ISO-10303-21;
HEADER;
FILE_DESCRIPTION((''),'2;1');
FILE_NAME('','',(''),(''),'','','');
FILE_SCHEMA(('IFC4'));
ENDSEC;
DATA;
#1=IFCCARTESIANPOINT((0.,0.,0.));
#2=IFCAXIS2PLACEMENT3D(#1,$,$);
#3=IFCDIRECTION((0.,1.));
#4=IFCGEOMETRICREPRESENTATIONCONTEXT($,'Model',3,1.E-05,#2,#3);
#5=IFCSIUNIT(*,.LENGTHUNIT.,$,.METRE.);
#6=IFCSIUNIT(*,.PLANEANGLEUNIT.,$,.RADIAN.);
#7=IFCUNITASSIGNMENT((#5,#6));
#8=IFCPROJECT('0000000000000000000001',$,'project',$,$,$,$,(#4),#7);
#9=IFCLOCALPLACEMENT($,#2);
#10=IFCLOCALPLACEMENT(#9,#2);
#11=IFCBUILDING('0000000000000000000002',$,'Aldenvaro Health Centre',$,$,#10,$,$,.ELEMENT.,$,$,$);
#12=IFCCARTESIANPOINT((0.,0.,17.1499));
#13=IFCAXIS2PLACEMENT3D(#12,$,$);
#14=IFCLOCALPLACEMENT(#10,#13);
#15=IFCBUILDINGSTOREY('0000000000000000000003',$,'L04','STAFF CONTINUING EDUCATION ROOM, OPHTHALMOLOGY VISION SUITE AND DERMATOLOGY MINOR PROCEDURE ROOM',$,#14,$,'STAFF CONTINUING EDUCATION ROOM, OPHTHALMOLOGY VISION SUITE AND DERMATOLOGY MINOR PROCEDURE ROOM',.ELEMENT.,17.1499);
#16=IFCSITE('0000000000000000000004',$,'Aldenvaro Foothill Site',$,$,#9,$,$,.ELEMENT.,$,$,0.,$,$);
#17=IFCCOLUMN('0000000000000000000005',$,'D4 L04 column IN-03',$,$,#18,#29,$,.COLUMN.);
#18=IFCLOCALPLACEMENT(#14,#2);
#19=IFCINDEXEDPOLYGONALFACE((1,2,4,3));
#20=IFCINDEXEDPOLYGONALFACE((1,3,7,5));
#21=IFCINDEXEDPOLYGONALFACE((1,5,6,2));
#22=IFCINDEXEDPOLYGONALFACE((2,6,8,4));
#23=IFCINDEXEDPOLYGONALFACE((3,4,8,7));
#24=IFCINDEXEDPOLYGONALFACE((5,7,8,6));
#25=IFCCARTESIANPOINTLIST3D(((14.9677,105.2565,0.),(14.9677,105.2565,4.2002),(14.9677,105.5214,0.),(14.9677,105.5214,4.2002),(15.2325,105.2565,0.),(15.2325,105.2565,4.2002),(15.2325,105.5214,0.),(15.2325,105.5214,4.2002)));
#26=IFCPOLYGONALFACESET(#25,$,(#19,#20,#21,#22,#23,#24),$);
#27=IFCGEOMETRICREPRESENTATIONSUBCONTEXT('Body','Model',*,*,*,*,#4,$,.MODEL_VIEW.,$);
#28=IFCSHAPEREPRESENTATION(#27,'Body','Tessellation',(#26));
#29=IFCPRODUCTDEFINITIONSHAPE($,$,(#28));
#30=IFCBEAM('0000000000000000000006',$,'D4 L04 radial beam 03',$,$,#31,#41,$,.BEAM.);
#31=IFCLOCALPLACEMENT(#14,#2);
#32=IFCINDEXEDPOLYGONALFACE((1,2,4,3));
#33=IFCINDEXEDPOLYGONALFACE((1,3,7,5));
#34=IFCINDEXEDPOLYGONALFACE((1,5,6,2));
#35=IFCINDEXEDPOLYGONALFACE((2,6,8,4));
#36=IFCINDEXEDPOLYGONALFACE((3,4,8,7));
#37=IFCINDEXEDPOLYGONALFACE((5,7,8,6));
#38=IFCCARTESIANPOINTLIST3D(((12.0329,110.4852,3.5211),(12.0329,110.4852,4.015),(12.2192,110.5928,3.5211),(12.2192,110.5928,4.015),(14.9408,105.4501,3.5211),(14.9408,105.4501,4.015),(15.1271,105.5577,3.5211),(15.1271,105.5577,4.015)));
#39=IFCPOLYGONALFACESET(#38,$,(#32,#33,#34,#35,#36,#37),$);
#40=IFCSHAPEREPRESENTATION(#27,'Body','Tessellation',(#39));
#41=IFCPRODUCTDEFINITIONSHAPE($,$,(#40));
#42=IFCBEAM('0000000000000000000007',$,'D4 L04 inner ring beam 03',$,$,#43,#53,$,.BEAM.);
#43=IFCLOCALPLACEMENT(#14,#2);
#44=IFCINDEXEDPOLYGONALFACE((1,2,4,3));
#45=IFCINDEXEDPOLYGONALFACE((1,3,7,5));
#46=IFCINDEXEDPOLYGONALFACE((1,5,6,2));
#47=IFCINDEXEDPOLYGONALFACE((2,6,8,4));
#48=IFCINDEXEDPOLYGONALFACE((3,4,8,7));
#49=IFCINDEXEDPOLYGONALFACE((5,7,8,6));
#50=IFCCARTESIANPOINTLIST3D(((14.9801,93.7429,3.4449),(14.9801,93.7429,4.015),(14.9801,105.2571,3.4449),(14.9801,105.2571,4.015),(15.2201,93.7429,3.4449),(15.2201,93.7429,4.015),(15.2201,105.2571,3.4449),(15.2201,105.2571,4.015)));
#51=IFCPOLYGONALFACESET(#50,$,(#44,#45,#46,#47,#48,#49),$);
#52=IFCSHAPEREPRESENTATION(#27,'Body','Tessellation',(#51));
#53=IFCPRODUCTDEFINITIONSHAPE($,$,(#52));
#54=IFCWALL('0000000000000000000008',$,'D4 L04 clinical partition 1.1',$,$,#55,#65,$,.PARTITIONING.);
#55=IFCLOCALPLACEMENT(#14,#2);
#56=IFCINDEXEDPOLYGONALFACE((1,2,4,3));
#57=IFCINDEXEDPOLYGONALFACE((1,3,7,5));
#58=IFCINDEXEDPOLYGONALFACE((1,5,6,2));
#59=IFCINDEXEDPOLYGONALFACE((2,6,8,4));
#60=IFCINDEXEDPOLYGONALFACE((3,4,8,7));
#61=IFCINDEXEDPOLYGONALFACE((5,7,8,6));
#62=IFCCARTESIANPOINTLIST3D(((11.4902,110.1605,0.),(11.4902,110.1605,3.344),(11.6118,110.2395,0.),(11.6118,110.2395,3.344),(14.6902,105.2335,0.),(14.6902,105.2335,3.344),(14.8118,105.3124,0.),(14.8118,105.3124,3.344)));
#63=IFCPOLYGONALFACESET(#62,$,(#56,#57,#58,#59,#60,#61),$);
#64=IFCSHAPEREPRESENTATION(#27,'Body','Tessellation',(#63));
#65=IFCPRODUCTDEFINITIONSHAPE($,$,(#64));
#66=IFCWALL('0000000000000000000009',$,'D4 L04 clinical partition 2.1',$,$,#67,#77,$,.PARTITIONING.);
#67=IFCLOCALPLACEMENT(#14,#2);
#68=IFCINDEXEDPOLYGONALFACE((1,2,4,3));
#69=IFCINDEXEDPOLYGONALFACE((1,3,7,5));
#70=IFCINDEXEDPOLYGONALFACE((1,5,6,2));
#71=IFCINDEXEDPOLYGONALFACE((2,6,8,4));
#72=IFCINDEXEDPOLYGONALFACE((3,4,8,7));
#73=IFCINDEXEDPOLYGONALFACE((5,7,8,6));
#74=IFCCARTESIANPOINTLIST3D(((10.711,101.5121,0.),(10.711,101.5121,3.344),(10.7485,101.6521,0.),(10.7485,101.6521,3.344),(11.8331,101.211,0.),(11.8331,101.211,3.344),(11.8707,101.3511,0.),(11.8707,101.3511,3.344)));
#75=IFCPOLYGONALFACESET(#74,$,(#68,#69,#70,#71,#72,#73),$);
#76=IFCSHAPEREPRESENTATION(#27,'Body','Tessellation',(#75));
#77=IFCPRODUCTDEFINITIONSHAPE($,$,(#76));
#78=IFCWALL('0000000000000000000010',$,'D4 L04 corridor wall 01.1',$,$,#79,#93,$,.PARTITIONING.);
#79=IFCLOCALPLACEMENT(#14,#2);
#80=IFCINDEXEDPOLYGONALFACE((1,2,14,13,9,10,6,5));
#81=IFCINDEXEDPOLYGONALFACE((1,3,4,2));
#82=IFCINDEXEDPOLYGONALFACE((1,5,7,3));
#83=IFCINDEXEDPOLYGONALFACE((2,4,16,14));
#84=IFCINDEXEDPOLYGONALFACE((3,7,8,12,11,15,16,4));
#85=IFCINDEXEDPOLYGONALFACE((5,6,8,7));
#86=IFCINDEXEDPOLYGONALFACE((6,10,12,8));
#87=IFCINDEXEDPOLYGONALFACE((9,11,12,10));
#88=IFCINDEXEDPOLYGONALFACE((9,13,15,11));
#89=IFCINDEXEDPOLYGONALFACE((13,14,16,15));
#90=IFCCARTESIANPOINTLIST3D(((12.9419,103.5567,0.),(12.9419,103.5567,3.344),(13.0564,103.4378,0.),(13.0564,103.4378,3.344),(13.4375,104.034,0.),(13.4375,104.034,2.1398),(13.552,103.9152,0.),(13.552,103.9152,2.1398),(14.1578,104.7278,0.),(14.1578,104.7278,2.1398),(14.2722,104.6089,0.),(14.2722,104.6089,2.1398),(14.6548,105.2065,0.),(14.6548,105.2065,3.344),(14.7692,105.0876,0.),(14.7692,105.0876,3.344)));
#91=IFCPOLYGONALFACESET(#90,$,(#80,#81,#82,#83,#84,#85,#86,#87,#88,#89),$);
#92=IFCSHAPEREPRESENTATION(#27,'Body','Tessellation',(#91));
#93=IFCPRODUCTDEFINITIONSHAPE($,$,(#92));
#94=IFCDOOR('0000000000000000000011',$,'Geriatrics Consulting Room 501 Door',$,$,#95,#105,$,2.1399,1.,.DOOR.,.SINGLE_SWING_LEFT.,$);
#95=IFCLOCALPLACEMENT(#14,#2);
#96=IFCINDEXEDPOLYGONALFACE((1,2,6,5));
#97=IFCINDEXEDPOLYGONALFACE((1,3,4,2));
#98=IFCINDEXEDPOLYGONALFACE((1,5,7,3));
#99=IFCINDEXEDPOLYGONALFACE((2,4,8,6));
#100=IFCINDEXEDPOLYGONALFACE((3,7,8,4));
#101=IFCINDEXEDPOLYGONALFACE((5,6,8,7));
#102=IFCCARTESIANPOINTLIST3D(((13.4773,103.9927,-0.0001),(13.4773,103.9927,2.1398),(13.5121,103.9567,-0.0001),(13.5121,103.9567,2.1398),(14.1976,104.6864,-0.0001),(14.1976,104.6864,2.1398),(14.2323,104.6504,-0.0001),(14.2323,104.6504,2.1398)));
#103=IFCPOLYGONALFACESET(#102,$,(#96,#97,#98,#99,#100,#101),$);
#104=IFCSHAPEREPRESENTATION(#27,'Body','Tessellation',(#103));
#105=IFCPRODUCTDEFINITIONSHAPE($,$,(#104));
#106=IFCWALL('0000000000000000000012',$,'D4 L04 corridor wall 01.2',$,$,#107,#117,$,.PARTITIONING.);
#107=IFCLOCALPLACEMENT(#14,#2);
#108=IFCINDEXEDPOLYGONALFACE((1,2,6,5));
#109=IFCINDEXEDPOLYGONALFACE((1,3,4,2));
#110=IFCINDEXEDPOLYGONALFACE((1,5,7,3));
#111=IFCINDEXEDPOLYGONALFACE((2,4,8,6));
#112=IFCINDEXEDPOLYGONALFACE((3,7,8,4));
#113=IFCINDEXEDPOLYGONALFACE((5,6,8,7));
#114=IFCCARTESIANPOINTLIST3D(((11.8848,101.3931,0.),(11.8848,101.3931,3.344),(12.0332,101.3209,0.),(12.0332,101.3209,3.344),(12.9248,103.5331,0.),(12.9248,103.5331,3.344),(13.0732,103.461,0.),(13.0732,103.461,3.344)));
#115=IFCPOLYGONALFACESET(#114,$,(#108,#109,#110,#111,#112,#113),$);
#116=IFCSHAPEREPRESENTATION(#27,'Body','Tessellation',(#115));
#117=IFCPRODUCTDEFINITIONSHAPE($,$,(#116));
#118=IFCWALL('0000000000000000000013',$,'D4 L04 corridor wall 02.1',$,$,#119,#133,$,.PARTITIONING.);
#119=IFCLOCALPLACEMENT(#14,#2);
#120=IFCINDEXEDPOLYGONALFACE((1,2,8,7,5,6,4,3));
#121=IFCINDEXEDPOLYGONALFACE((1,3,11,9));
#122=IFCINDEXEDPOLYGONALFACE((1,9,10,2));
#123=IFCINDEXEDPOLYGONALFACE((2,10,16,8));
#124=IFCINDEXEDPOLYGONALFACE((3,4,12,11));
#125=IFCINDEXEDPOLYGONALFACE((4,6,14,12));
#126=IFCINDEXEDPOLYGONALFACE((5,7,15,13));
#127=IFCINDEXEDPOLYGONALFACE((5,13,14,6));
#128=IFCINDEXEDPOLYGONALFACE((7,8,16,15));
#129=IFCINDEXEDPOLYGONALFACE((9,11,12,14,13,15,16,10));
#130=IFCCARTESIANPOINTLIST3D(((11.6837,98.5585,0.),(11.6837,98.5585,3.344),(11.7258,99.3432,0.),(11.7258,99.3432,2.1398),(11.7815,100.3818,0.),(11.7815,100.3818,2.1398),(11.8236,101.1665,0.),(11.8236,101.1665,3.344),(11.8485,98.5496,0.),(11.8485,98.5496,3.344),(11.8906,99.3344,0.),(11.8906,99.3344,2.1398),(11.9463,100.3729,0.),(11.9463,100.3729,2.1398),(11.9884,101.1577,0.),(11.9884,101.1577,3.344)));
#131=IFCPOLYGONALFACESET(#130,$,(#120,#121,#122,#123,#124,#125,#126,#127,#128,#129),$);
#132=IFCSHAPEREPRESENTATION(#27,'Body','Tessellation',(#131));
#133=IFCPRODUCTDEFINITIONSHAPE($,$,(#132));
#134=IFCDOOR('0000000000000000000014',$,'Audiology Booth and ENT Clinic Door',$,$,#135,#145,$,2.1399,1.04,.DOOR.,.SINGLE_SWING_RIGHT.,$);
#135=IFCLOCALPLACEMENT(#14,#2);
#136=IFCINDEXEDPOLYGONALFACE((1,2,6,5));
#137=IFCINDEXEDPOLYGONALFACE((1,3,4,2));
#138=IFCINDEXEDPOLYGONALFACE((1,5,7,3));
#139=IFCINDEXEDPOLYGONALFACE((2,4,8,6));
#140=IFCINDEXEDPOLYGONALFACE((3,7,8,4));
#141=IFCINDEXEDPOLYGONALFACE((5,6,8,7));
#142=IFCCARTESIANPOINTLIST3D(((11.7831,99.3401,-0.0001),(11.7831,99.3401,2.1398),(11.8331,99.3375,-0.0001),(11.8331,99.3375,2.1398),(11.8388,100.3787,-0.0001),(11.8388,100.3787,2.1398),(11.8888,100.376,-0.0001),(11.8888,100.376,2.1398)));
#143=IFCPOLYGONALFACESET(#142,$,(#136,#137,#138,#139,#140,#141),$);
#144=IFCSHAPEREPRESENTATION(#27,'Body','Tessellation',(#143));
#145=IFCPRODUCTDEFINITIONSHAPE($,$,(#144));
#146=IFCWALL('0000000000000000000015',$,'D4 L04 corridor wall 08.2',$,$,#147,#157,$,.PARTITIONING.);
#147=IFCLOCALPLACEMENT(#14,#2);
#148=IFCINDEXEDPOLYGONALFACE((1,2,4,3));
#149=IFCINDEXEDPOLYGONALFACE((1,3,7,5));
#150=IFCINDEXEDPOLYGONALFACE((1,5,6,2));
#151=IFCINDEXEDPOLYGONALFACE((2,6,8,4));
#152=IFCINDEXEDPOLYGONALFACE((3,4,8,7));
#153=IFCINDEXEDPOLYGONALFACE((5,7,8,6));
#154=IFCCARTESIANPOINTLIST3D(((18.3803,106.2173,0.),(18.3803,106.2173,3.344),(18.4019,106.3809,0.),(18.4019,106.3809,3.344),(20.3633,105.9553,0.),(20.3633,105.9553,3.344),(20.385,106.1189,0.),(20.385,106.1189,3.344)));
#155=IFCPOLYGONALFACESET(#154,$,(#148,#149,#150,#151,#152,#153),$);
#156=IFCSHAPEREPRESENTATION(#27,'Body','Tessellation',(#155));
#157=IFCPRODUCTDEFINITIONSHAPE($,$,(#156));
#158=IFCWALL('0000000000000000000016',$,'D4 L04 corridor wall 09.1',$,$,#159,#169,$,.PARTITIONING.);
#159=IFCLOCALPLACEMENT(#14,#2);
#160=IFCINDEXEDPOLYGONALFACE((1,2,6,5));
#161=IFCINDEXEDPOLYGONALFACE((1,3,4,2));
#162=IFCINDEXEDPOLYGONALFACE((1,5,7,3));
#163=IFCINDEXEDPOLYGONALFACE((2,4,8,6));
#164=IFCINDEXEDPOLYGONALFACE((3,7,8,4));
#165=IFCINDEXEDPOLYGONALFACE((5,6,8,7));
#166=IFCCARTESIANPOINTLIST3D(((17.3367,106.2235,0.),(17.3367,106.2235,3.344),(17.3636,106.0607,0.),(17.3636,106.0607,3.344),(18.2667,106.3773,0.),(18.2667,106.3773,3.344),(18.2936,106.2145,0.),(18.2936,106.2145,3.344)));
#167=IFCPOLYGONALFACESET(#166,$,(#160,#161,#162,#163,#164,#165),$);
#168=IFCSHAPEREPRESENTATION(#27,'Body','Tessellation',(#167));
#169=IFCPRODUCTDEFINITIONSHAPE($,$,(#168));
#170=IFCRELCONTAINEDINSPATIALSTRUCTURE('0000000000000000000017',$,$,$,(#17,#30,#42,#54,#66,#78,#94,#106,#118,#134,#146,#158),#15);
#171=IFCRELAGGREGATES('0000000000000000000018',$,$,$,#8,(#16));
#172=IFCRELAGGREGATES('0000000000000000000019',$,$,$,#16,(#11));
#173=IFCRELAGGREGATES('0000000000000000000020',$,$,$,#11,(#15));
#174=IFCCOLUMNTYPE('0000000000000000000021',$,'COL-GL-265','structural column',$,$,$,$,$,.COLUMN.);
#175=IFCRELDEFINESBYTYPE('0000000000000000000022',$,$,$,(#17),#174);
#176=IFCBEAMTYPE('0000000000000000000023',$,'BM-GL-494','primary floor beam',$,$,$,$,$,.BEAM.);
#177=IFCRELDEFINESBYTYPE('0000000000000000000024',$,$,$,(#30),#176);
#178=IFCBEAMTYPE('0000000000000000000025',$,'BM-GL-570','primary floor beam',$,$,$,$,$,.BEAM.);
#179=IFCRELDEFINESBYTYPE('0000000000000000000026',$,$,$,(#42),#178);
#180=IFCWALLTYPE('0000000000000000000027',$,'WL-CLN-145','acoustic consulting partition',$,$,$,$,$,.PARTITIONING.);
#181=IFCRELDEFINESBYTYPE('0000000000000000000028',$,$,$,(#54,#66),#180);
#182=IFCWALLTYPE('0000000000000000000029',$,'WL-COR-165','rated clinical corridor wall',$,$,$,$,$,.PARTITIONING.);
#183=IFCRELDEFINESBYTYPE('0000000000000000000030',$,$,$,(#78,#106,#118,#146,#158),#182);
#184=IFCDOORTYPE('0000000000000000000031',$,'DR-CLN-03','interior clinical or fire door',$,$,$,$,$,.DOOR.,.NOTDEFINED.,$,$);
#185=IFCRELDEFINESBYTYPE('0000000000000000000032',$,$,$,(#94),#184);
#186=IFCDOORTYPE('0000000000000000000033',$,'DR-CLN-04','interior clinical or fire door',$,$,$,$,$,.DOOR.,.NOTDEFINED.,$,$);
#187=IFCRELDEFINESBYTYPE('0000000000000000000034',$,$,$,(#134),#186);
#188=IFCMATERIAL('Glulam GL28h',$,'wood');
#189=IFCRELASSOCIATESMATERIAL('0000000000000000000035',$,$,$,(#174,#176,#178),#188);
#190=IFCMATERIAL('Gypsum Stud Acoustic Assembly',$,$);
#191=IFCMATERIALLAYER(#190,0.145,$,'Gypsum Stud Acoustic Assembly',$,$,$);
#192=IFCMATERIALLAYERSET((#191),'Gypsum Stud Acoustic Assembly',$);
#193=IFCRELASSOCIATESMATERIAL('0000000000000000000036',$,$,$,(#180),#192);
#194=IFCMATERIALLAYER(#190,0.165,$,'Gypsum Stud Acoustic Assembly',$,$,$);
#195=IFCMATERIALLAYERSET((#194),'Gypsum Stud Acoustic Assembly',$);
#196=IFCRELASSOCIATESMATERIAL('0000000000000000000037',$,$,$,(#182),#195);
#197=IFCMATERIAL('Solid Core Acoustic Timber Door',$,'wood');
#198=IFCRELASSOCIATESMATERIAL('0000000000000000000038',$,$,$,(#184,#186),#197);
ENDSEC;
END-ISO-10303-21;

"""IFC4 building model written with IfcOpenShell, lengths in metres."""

from ifc_helpers import new_model, si_unit, direction, frame, frame_2d, origin, origin_2d, place, context, subcontext, project, spatial, rectangle, extrude, material, layer, layer_set, material_profile, profile_set, type_object, element, fill, save


model = new_model("IFC4")

# Units and contexts
model_context = context("Model", 3, precision=1e-05, world=origin(), true_north=direction((0.0, 1.0)))
body_context = subcontext(model_context, "Body", "Model", "MODEL_VIEW")
ifc_project = project(units=[si_unit("LENGTHUNIT", "METRE"), si_unit("PLANEANGLEUNIT", "RADIAN")], contexts=[model_context])

# Site, building, storey
site_placement = place(None, origin())
site = spatial("IfcSite", under=ifc_project, at=site_placement, Name="Aldenvaro Foothill Site", CompositionType="ELEMENT", RefElevation=0.0)
building_placement = place(site_placement, origin())
building = spatial("IfcBuilding", under=site, at=building_placement, Name="Aldenvaro Health Centre", CompositionType="ELEMENT")
storey_placement = place(building_placement, frame((0.0, 0.0, 17.1499)))
storey = spatial("IfcBuildingStorey", under=building, at=storey_placement, Name="L04", Description="STAFF CONTINUING EDUCATION ROOM, OPHTHALMOLOGY VISION SUITE AND DERMATOLOGY MINOR PROCEDURE ROOM", LongName="STAFF CONTINUING EDUCATION ROOM, OPHTHALMOLOGY VISION SUITE AND DERMATOLOGY MINOR PROCEDURE ROOM", CompositionType="ELEMENT", Elevation=17.1499)

# Column
ifc_material_1 = material(Name="Glulam GL28h", Category="wood")
ifc_material_profile_1 = material_profile(ifc_material_1, rectangle(XDim=0.2649, YDim=0.2649, at=origin_2d()), Name="GL 265x265", Category="wood")
ifc_profile_set_1 = profile_set([ifc_material_profile_1], Name="Glulam GL28h")
column_type = type_object("IfcColumnType", Name="COL-GL-265", Description="structural column", PredefinedType="COLUMN", material=ifc_profile_set_1)
column_placement = place(storey_placement, frame((15.1001, 105.3889, 0.0), z_axis=(0.0, 0.0, 1.0), x_axis=(1.0, 0.0, 0.0)))
element("IfcColumn", 1, at=column_placement, inside=storey, type_object=column_type, Name="D4 L04 column IN-03", PredefinedType="COLUMN", context=body_context, shape_type="SweptSolid", body=[
    extrude(rectangle(XDim=0.2649, YDim=0.2649, at=origin_2d()), origin(), (0.0, 0.0, 1.0), 4.2002),
])

# Beams
ifc_material_profile_2 = material_profile(ifc_material_1, rectangle(XDim=0.2151, YDim=0.4939, at=origin_2d()), Name="GL 215x494", Category="wood")
ifc_profile_set_2 = profile_set([ifc_material_profile_2], Name="Glulam GL28h")
beam_type_1 = type_object("IfcBeamType", Name="BM-GL-494", Description="primary floor beam", PredefinedType="BEAM", material=ifc_profile_set_2)
beam_1_placement = place(storey_placement, frame((15.0339, 105.5039, 3.7681), z_axis=(-0.500117, 0.865958, 0.0), x_axis=(-0.865958, -0.500117, 0.0)))
element("IfcBeam", 2, at=beam_1_placement, inside=storey, type_object=beam_type_1, Name="D4 L04 radial beam 03", PredefinedType="BEAM", context=body_context, shape_type="SweptSolid", body=[
    extrude(rectangle(XDim=0.2151, YDim=0.4939, at=origin_2d()), origin(), (0.0, 0.0, 1.0), 5.8145),
])
ifc_material_profile_3 = material_profile(ifc_material_1, rectangle(XDim=0.24, YDim=0.5701, at=origin_2d()), Name="GL 240x570", Category="wood")
ifc_profile_set_3 = profile_set([ifc_material_profile_3], Name="Glulam GL28h")
beam_type_2 = type_object("IfcBeamType", Name="BM-GL-570", Description="primary floor beam", PredefinedType="BEAM", material=ifc_profile_set_3)
beam_2_placement = place(storey_placement, frame((15.1001, 105.2571, 3.73), z_axis=(0.0, -1.0, 0.0), x_axis=(1.0, 0.0, 0.0)))
element("IfcBeam", 3, at=beam_2_placement, inside=storey, type_object=beam_type_2, Name="D4 L04 inner ring beam 03", PredefinedType="BEAM", context=body_context, shape_type="SweptSolid", body=[
    extrude(rectangle(XDim=0.24, YDim=0.5701, at=origin_2d()), origin(), (0.0, 0.0, 1.0), 11.5142),
])

# Walls
ifc_material_2 = material(Name="Gypsum Stud Acoustic Assembly")
ifc_layer_1 = layer(ifc_material_2, 0.145, Name="Gypsum Stud Acoustic Assembly")
ifc_layer_set_1 = layer_set([ifc_layer_1], Name="Gypsum Stud Acoustic Assembly")
wall_type_1 = type_object("IfcWallType", Name="WL-CLN-145", Description="acoustic consulting partition", PredefinedType="PARTITIONING", material=ifc_layer_set_1)
wall_1_placement = place(storey_placement, frame((14.751, 105.2729, 0.0), z_axis=(0.0, 0.0, 1.0), x_axis=(-0.544677, 0.838646, 0.0)))
element("IfcWall", 4, at=wall_1_placement, inside=storey, type_object=wall_type_1, Name="D4 L04 clinical partition 1.1", PredefinedType="PARTITIONING", context=body_context, shape_type="SweptSolid", body=[
    extrude(rectangle(XDim=5.875, YDim=0.145, at=frame_2d((2.9375, 0.0))), origin(), (0.0, 0.0, 1.0), 3.344),
])
wall_2_placement = place(storey_placement, frame((11.8521, 101.281, 0.0), z_axis=(0.0, 0.0, 1.0), x_axis=(-0.965847, 0.259114, 0.0)))
element("IfcWall", 5, at=wall_2_placement, inside=storey, type_object=wall_type_1, Name="D4 L04 clinical partition 2.1", PredefinedType="PARTITIONING", context=body_context, shape_type="SweptSolid", body=[
    extrude(rectangle(XDim=1.1619, YDim=0.145, at=frame_2d((0.5811, 0.0))), origin(), (0.0, 0.0, 1.0), 3.344),
])

# Wall, opening, door
ifc_layer_2 = layer(ifc_material_2, 0.165, Name="Gypsum Stud Acoustic Assembly")
ifc_layer_set_2 = layer_set([ifc_layer_2], Name="Gypsum Stud Acoustic Assembly")
wall_type_2 = type_object("IfcWallType", Name="WL-COR-165", Description="rated clinical corridor wall", PredefinedType="PARTITIONING", material=ifc_layer_set_2)
wall_3_placement = place(storey_placement, frame((14.7119, 105.147, 0.0), z_axis=(0.0, 0.0, 1.0), x_axis=(-0.720225, -0.69374, 0.0)))
wall_3 = element("IfcWall", 6, at=wall_3_placement, inside=storey, type_object=wall_type_2, Name="D4 L04 corridor wall 01.1", PredefinedType="PARTITIONING", context=body_context, shape_type="SweptSolid", body=[
    extrude(rectangle(XDim=2.3782, YDim=0.165, at=frame_2d((1.189, 0.0))), origin(), (0.0, 0.0, 1.0), 3.344),
])
opening_1_placement = place(wall_3_placement, frame((0.6899, 0.0, 0.0)))
opening_1 = element("IfcOpeningElement", 7, at=opening_1_placement, cuts=wall_3, PredefinedType="OPENING", context=body_context, shape_type="SweptSolid", body=[
    extrude(rectangle(XDim=1.0, YDim=2.1399, at=frame_2d((0.5, 1.0698))), frame((0.0, 0.0925, 0.0), z_axis=(0.0, -1.0, 0.0), x_axis=(1.0, 0.0, 0.0)), (0.0, 0.0, 1.0), 0.1851),
])
ifc_material_3 = material(Name="Solid Core Acoustic Timber Door", Category="wood")
door_type_1 = type_object("IfcDoorType", Name="DR-CLN-03", Description="interior clinical or fire door", OperationType="NOTDEFINED", PredefinedType="DOOR", material=ifc_material_3)
door_1_placement = place(opening_1_placement, origin())
door_1 = element("IfcDoor", 8, at=door_1_placement, inside=storey, type_object=door_type_1, Name="Geriatrics Consulting Room 501 Door", OperationType="SINGLE_SWING_LEFT", OverallHeight=2.1399, OverallWidth=1.0, PredefinedType="DOOR", context=body_context, shape_type="SweptSolid", body=[
    extrude(rectangle(XDim=1.0, YDim=2.1399, at=frame_2d((0.5, 1.0698))), frame((0.0, 0.0249, 0.0), z_axis=(0.0, -1.0, 0.0), x_axis=(1.0, 0.0, 0.0)), (0.0, 0.0, 1.0), 0.05),
])
fill(opening_1, door_1)

# Wall
wall_4_placement = place(storey_placement, frame((12.999, 103.4971, 0.0), z_axis=(0.0, 0.0, 1.0), x_axis=(-0.437089, -0.899418, 0.0)))
element("IfcWall", 9, at=wall_4_placement, inside=storey, type_object=wall_type_2, Name="D4 L04 corridor wall 01.2", PredefinedType="PARTITIONING", context=body_context, shape_type="SweptSolid", body=[
    extrude(rectangle(XDim=2.3794, YDim=0.165, at=frame_2d((1.1897, 0.0))), origin(), (0.0, 0.0, 1.0), 3.344),
])

# Wall, opening, door
wall_5_placement = place(storey_placement, frame((11.906, 101.1621, 0.0), z_axis=(0.0, 0.0, 1.0), x_axis=(-0.05356, -0.998565, 0.0)))
wall_5 = element("IfcWall", 10, at=wall_5_placement, inside=storey, type_object=wall_type_2, Name="D4 L04 corridor wall 02.1", PredefinedType="PARTITIONING", context=body_context, shape_type="SweptSolid", body=[
    extrude(rectangle(XDim=2.6118, YDim=0.165, at=frame_2d((1.3059, 0.0))), origin(), (0.0, 0.0, 1.0), 3.344),
])
opening_2_placement = place(wall_5_placement, frame((0.7859, 0.0, 0.0)))
opening_2 = element("IfcOpeningElement", 11, at=opening_2_placement, cuts=wall_5, PredefinedType="OPENING", context=body_context, shape_type="SweptSolid", body=[
    extrude(rectangle(XDim=1.04, YDim=2.1399, at=frame_2d((0.52, 1.0698))), frame((0.0, 0.0925, 0.0), z_axis=(0.0, -1.0, 0.0), x_axis=(1.0, 0.0, 0.0)), (0.0, 0.0, 1.0), 0.1851),
])
door_type_2 = type_object("IfcDoorType", Name="DR-CLN-04", Description="interior clinical or fire door", OperationType="NOTDEFINED", PredefinedType="DOOR", material=ifc_material_3)
door_2_placement = place(opening_2_placement, origin())
door_2 = element("IfcDoor", 12, at=door_2_placement, inside=storey, type_object=door_type_2, Name="Audiology Booth and ENT Clinic Door", OperationType="SINGLE_SWING_RIGHT", OverallHeight=2.1399, OverallWidth=1.04, PredefinedType="DOOR", context=body_context, shape_type="SweptSolid", body=[
    extrude(rectangle(XDim=1.04, YDim=2.1399, at=frame_2d((0.52, 1.0698))), frame((0.0, 0.0249, 0.0), z_axis=(0.0, -1.0, 0.0), x_axis=(1.0, 0.0, 0.0)), (0.0, 0.0, 1.0), 0.05),
])
fill(opening_2, door_2)

# Walls
wall_6_placement = place(storey_placement, frame((20.374, 106.0371, 0.0), z_axis=(0.0, 0.0, 1.0), x_axis=(-0.991386, 0.130972, 0.0)))
element("IfcWall", 13, at=wall_6_placement, inside=storey, type_object=wall_type_2, Name="D4 L04 corridor wall 08.2", PredefinedType="PARTITIONING", context=body_context, shape_type="SweptSolid", body=[
    extrude(rectangle(XDim=2.0002, YDim=0.165, at=frame_2d((1.0, 0.0))), origin(), (0.0, 0.0, 1.0), 3.344),
])
wall_7_placement = place(storey_placement, frame((18.28, 106.2959, 0.0), z_axis=(0.0, 0.0, 1.0), x_axis=(-0.986596, -0.163181, 0.0)))
element("IfcWall", 14, at=wall_7_placement, inside=storey, type_object=wall_type_2, Name="D4 L04 corridor wall 09.1", PredefinedType="PARTITIONING", context=body_context, shape_type="SweptSolid", body=[
    extrude(rectangle(XDim=0.9426, YDim=0.165, at=frame_2d((0.4712, 0.0))), origin(), (0.0, 0.0, 1.0), 3.344),
])

save(model, "model.ifc")
